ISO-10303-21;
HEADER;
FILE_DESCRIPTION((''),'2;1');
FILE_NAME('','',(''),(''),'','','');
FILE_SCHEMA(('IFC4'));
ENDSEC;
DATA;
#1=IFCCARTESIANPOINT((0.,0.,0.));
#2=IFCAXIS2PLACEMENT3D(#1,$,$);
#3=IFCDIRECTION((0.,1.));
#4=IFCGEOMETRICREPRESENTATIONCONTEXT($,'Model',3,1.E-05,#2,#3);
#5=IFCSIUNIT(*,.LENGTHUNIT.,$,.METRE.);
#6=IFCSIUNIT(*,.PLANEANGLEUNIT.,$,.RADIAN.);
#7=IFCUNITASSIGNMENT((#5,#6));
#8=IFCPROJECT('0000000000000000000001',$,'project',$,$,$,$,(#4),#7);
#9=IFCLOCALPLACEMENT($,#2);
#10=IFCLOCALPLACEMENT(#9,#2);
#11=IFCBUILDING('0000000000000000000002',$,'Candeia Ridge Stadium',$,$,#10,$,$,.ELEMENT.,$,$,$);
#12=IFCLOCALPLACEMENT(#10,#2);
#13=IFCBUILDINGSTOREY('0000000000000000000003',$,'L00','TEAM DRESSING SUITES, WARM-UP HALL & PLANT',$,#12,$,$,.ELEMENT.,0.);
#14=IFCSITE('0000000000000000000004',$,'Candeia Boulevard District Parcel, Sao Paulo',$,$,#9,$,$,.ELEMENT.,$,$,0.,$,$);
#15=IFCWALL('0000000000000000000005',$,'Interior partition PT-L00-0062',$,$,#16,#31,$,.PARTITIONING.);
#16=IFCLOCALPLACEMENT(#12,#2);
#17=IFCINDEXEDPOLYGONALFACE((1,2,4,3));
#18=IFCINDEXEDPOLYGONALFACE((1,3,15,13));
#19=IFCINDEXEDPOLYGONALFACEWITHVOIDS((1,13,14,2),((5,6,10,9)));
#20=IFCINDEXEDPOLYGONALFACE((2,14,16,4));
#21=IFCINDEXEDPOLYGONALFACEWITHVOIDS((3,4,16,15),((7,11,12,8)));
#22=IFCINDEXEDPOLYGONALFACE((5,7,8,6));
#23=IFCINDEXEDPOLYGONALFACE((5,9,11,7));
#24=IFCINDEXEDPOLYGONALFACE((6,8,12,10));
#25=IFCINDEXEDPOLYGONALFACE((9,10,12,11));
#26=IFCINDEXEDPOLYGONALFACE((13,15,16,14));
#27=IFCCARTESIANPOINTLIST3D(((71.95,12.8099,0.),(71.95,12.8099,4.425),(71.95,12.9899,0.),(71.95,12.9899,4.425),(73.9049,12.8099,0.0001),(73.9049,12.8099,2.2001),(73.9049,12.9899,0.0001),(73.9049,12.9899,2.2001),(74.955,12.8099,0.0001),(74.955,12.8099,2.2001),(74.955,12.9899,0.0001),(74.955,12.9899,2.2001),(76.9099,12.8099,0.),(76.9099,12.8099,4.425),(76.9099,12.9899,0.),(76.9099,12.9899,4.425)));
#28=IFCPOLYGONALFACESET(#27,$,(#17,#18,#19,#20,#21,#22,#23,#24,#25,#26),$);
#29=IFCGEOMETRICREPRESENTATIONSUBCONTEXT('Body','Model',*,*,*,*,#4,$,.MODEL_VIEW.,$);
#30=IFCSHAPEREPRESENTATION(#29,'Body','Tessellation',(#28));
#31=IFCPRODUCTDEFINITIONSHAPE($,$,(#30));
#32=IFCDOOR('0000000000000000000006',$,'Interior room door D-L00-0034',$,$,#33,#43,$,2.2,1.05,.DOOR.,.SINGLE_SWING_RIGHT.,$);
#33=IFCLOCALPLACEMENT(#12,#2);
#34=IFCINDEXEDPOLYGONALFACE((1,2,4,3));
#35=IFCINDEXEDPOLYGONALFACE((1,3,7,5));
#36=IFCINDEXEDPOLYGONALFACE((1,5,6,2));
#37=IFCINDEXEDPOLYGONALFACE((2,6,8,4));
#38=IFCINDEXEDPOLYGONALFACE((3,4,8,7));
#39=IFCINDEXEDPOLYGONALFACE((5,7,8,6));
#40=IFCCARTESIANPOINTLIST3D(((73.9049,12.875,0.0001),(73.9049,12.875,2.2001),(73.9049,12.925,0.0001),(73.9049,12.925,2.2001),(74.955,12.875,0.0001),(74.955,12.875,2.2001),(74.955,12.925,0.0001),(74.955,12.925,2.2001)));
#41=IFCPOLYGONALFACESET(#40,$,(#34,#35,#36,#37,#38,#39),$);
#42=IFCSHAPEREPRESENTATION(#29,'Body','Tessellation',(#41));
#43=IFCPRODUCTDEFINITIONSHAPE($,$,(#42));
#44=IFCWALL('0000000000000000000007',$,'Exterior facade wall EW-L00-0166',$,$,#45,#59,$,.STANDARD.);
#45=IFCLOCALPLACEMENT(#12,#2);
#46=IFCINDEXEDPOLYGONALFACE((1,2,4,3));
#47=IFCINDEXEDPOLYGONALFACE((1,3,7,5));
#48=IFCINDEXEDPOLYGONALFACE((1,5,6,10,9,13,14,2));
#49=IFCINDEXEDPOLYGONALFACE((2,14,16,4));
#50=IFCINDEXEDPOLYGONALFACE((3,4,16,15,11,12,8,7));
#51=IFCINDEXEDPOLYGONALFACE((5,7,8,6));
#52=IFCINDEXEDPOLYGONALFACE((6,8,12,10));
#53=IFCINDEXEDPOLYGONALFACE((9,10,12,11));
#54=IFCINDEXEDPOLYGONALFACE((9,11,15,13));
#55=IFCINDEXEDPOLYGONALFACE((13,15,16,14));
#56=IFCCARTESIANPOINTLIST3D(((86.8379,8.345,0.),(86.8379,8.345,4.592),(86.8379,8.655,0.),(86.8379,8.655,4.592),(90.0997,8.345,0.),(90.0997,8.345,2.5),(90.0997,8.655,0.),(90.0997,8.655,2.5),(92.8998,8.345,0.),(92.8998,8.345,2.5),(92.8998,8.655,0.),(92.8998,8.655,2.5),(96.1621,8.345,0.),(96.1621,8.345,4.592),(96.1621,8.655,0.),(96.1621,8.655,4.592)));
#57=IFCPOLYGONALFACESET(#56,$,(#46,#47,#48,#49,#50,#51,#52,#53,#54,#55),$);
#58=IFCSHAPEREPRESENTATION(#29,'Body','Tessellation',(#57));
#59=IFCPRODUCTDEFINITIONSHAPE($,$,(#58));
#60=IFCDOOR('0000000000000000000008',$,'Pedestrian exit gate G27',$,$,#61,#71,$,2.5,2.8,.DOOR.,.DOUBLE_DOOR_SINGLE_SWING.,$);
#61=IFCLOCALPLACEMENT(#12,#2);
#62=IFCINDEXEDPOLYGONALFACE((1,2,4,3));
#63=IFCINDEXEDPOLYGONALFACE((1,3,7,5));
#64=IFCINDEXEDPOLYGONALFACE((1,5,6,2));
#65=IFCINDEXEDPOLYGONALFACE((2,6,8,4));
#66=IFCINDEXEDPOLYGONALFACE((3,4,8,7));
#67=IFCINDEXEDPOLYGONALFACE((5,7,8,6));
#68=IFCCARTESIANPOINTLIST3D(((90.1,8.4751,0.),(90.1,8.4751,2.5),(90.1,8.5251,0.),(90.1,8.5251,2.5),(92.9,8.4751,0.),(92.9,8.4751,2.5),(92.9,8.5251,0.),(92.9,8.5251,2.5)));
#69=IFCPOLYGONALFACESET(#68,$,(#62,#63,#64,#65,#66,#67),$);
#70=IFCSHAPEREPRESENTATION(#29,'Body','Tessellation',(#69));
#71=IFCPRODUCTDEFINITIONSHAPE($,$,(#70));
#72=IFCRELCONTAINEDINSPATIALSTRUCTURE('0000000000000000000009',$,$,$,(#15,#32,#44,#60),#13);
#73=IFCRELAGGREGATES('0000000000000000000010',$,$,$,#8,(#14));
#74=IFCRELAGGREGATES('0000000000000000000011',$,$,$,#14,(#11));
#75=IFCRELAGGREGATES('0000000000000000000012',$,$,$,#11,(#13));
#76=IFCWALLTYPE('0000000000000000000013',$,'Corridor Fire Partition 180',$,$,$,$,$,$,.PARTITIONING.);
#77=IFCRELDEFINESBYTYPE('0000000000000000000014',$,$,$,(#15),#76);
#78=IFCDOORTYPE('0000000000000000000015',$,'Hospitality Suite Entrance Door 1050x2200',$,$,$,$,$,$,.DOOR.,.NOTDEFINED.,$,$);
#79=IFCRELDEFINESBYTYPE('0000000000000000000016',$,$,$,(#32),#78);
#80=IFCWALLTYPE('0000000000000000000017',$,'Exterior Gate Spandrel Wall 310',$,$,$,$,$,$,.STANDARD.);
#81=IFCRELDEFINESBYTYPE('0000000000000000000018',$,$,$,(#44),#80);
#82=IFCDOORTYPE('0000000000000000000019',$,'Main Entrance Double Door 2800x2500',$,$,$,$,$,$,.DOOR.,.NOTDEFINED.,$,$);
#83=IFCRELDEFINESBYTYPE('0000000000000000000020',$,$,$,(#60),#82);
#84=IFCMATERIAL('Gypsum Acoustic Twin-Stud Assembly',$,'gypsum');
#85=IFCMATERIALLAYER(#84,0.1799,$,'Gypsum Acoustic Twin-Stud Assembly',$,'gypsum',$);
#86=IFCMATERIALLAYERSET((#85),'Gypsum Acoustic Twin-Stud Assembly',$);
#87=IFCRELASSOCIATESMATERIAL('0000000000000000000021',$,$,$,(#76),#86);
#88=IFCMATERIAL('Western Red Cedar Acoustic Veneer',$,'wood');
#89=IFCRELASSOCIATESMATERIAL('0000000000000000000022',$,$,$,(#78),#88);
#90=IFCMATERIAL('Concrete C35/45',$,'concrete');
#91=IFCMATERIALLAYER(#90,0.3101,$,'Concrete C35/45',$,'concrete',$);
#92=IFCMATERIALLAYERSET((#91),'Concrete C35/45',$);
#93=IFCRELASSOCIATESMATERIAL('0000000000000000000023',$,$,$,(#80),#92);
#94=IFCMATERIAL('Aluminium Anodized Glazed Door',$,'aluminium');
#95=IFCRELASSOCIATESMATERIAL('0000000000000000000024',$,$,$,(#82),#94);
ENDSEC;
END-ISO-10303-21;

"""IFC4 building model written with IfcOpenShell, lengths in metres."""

from ifc_helpers import new_model, si_unit, direction, frame, frame_2d, origin, place, context, subcontext, project, spatial, rectangle, extrude, material, layer, layer_set, type_object, element, fill, save


model = new_model("IFC4")

# Units and contexts
model_context = context("Model", 3, precision=1e-05, world=origin(), true_north=direction((0.0, 1.0)))
body_context = subcontext(model_context, "Body", "Model", "MODEL_VIEW")
ifc_project = project(units=[si_unit("LENGTHUNIT", "METRE"), si_unit("PLANEANGLEUNIT", "RADIAN")], contexts=[model_context])

# Site, building, storey
site_placement = place(None, origin())
site = spatial("IfcSite", under=ifc_project, at=site_placement, Name="Candeia Boulevard District Parcel, Sao Paulo", CompositionType="ELEMENT", RefElevation=0.0)
building_placement = place(site_placement, origin())
building = spatial("IfcBuilding", under=site, at=building_placement, Name="Candeia Ridge Stadium", CompositionType="ELEMENT")
storey_placement = place(building_placement, origin())
storey = spatial("IfcBuildingStorey", under=building, at=storey_placement, Name="L00", Description="TEAM DRESSING SUITES, WARM-UP HALL & PLANT", CompositionType="ELEMENT", Elevation=0.0)

# Shared definitions
ifc_material_1 = material(Name="Gypsum Acoustic Twin-Stud Assembly", Category="gypsum")

# Walls, openings, doors
ifc_layer_1 = layer(ifc_material_1, 0.1799, Name="Gypsum Acoustic Twin-Stud Assembly", Category="gypsum")
ifc_layer_set_1 = layer_set([ifc_layer_1], Name="Gypsum Acoustic Twin-Stud Assembly")
wall_type_1 = type_object("IfcWallType", Name="Corridor Fire Partition 180", PredefinedType="PARTITIONING", material=ifc_layer_set_1)
wall_1_placement = place(storey_placement, frame((76.9099, 12.8999, 0.0), z_axis=(0.0, 0.0, 1.0), x_axis=(-1.0, 0.0, 0.0)))
wall_1 = element("IfcWall", 1, at=wall_1_placement, inside=storey, type_object=wall_type_1, Name="Interior partition PT-L00-0062", PredefinedType="PARTITIONING", context=body_context, shape_type="SweptSolid", body=[
    extrude(rectangle(XDim=4.96, YDim=0.1799, at=frame_2d((2.48, 0.0))), origin(), (0.0, 0.0, 1.0), 4.425),
])
opening_1_placement = place(wall_1_placement, frame((1.9551, 0.0, 0.0)))
opening_1 = element("IfcOpeningElement", 2, at=opening_1_placement, cuts=wall_1, PredefinedType="OPENING", context=body_context, shape_type="SweptSolid", body=[
    extrude(rectangle(XDim=1.05, YDim=2.2, at=frame_2d((0.5249, 1.1001))), frame((0.0, 0.0999, 0.0), z_axis=(0.0, -1.0, 0.0), x_axis=(1.0, 0.0, 0.0)), (0.0, 0.0, 1.0), 0.2),
])
ifc_material_2 = material(Name="Western Red Cedar Acoustic Veneer", Category="wood")
door_type_1 = type_object("IfcDoorType", Name="Hospitality Suite Entrance Door 1050x2200", OperationType="NOTDEFINED", PredefinedType="DOOR", material=ifc_material_2)
door_1_placement = place(opening_1_placement, origin())
door_1 = element("IfcDoor", 3, at=door_1_placement, inside=storey, type_object=door_type_1, Name="Interior room door D-L00-0034", OperationType="SINGLE_SWING_RIGHT", OverallHeight=2.2, OverallWidth=1.05, PredefinedType="DOOR", context=body_context, shape_type="SweptSolid", body=[
    extrude(rectangle(XDim=1.05, YDim=2.2, at=frame_2d((0.5249, 1.1001))), frame((0.0, 0.0249, 0.0), z_axis=(0.0, -1.0, 0.0), x_axis=(1.0, 0.0, 0.0)), (0.0, 0.0, 1.0), 0.05),
])
fill(opening_1, door_1)
ifc_material_3 = material(Name="Concrete C35/45", Category="concrete")
ifc_layer_2 = layer(ifc_material_3, 0.3101, Name="Concrete C35/45", Category="concrete")
ifc_layer_set_2 = layer_set([ifc_layer_2], Name="Concrete C35/45")
wall_type_2 = type_object("IfcWallType", Name="Exterior Gate Spandrel Wall 310", PredefinedType="STANDARD", material=ifc_layer_set_2)
wall_2_placement = place(storey_placement, frame((86.8379, 8.5, 0.0), z_axis=(0.0, 0.0, 1.0), x_axis=(1.0, 0.0, 0.0)))
wall_2 = element("IfcWall", 4, at=wall_2_placement, inside=storey, type_object=wall_type_2, Name="Exterior facade wall EW-L00-0166", PredefinedType="STANDARD", context=body_context, shape_type="SweptSolid", body=[
    extrude(rectangle(XDim=9.3242, YDim=0.3101, at=frame_2d((4.6621, 0.0))), origin(), (0.0, 0.0, 1.0), 4.592),
])
opening_2_placement = place(wall_2_placement, frame((3.262, 0.0, 0.0)))
opening_2 = element("IfcOpeningElement", 5, at=opening_2_placement, cuts=wall_2, PredefinedType="OPENING", context=body_context, shape_type="SweptSolid", body=[
    extrude(rectangle(XDim=2.8, YDim=2.5, at=frame_2d((1.3999, 1.25))), frame((0.0, 0.165, 0.0), z_axis=(0.0, -1.0, 0.0), x_axis=(1.0, 0.0, 0.0)), (0.0, 0.0, 1.0), 0.3301),
])
ifc_material_4 = material(Name="Aluminium Anodized Glazed Door", Category="aluminium")
door_type_2 = type_object("IfcDoorType", Name="Main Entrance Double Door 2800x2500", OperationType="NOTDEFINED", PredefinedType="DOOR", material=ifc_material_4)
door_2_placement = place(opening_2_placement, frame((2.8, 0.0, 0.0), z_axis=(0.0, 0.0, 1.0), x_axis=(-1.0, 0.0, 0.0)))
door_2 = element("IfcDoor", 6, at=door_2_placement, inside=storey, type_object=door_type_2, Name="Pedestrian exit gate G27", OperationType="DOUBLE_DOOR_SINGLE_SWING", OverallHeight=2.5, OverallWidth=2.8, PredefinedType="DOOR", context=body_context, shape_type="SweptSolid", body=[
    extrude(rectangle(XDim=2.8, YDim=2.5, at=frame_2d((1.3999, 1.25))), frame((0.0, 0.0249, 0.0), z_axis=(0.0, -1.0, 0.0), x_axis=(1.0, 0.0, 0.0)), (0.0, 0.0, 1.0), 0.05),
])
fill(opening_2, door_2)

save(model, "model.ifc")
